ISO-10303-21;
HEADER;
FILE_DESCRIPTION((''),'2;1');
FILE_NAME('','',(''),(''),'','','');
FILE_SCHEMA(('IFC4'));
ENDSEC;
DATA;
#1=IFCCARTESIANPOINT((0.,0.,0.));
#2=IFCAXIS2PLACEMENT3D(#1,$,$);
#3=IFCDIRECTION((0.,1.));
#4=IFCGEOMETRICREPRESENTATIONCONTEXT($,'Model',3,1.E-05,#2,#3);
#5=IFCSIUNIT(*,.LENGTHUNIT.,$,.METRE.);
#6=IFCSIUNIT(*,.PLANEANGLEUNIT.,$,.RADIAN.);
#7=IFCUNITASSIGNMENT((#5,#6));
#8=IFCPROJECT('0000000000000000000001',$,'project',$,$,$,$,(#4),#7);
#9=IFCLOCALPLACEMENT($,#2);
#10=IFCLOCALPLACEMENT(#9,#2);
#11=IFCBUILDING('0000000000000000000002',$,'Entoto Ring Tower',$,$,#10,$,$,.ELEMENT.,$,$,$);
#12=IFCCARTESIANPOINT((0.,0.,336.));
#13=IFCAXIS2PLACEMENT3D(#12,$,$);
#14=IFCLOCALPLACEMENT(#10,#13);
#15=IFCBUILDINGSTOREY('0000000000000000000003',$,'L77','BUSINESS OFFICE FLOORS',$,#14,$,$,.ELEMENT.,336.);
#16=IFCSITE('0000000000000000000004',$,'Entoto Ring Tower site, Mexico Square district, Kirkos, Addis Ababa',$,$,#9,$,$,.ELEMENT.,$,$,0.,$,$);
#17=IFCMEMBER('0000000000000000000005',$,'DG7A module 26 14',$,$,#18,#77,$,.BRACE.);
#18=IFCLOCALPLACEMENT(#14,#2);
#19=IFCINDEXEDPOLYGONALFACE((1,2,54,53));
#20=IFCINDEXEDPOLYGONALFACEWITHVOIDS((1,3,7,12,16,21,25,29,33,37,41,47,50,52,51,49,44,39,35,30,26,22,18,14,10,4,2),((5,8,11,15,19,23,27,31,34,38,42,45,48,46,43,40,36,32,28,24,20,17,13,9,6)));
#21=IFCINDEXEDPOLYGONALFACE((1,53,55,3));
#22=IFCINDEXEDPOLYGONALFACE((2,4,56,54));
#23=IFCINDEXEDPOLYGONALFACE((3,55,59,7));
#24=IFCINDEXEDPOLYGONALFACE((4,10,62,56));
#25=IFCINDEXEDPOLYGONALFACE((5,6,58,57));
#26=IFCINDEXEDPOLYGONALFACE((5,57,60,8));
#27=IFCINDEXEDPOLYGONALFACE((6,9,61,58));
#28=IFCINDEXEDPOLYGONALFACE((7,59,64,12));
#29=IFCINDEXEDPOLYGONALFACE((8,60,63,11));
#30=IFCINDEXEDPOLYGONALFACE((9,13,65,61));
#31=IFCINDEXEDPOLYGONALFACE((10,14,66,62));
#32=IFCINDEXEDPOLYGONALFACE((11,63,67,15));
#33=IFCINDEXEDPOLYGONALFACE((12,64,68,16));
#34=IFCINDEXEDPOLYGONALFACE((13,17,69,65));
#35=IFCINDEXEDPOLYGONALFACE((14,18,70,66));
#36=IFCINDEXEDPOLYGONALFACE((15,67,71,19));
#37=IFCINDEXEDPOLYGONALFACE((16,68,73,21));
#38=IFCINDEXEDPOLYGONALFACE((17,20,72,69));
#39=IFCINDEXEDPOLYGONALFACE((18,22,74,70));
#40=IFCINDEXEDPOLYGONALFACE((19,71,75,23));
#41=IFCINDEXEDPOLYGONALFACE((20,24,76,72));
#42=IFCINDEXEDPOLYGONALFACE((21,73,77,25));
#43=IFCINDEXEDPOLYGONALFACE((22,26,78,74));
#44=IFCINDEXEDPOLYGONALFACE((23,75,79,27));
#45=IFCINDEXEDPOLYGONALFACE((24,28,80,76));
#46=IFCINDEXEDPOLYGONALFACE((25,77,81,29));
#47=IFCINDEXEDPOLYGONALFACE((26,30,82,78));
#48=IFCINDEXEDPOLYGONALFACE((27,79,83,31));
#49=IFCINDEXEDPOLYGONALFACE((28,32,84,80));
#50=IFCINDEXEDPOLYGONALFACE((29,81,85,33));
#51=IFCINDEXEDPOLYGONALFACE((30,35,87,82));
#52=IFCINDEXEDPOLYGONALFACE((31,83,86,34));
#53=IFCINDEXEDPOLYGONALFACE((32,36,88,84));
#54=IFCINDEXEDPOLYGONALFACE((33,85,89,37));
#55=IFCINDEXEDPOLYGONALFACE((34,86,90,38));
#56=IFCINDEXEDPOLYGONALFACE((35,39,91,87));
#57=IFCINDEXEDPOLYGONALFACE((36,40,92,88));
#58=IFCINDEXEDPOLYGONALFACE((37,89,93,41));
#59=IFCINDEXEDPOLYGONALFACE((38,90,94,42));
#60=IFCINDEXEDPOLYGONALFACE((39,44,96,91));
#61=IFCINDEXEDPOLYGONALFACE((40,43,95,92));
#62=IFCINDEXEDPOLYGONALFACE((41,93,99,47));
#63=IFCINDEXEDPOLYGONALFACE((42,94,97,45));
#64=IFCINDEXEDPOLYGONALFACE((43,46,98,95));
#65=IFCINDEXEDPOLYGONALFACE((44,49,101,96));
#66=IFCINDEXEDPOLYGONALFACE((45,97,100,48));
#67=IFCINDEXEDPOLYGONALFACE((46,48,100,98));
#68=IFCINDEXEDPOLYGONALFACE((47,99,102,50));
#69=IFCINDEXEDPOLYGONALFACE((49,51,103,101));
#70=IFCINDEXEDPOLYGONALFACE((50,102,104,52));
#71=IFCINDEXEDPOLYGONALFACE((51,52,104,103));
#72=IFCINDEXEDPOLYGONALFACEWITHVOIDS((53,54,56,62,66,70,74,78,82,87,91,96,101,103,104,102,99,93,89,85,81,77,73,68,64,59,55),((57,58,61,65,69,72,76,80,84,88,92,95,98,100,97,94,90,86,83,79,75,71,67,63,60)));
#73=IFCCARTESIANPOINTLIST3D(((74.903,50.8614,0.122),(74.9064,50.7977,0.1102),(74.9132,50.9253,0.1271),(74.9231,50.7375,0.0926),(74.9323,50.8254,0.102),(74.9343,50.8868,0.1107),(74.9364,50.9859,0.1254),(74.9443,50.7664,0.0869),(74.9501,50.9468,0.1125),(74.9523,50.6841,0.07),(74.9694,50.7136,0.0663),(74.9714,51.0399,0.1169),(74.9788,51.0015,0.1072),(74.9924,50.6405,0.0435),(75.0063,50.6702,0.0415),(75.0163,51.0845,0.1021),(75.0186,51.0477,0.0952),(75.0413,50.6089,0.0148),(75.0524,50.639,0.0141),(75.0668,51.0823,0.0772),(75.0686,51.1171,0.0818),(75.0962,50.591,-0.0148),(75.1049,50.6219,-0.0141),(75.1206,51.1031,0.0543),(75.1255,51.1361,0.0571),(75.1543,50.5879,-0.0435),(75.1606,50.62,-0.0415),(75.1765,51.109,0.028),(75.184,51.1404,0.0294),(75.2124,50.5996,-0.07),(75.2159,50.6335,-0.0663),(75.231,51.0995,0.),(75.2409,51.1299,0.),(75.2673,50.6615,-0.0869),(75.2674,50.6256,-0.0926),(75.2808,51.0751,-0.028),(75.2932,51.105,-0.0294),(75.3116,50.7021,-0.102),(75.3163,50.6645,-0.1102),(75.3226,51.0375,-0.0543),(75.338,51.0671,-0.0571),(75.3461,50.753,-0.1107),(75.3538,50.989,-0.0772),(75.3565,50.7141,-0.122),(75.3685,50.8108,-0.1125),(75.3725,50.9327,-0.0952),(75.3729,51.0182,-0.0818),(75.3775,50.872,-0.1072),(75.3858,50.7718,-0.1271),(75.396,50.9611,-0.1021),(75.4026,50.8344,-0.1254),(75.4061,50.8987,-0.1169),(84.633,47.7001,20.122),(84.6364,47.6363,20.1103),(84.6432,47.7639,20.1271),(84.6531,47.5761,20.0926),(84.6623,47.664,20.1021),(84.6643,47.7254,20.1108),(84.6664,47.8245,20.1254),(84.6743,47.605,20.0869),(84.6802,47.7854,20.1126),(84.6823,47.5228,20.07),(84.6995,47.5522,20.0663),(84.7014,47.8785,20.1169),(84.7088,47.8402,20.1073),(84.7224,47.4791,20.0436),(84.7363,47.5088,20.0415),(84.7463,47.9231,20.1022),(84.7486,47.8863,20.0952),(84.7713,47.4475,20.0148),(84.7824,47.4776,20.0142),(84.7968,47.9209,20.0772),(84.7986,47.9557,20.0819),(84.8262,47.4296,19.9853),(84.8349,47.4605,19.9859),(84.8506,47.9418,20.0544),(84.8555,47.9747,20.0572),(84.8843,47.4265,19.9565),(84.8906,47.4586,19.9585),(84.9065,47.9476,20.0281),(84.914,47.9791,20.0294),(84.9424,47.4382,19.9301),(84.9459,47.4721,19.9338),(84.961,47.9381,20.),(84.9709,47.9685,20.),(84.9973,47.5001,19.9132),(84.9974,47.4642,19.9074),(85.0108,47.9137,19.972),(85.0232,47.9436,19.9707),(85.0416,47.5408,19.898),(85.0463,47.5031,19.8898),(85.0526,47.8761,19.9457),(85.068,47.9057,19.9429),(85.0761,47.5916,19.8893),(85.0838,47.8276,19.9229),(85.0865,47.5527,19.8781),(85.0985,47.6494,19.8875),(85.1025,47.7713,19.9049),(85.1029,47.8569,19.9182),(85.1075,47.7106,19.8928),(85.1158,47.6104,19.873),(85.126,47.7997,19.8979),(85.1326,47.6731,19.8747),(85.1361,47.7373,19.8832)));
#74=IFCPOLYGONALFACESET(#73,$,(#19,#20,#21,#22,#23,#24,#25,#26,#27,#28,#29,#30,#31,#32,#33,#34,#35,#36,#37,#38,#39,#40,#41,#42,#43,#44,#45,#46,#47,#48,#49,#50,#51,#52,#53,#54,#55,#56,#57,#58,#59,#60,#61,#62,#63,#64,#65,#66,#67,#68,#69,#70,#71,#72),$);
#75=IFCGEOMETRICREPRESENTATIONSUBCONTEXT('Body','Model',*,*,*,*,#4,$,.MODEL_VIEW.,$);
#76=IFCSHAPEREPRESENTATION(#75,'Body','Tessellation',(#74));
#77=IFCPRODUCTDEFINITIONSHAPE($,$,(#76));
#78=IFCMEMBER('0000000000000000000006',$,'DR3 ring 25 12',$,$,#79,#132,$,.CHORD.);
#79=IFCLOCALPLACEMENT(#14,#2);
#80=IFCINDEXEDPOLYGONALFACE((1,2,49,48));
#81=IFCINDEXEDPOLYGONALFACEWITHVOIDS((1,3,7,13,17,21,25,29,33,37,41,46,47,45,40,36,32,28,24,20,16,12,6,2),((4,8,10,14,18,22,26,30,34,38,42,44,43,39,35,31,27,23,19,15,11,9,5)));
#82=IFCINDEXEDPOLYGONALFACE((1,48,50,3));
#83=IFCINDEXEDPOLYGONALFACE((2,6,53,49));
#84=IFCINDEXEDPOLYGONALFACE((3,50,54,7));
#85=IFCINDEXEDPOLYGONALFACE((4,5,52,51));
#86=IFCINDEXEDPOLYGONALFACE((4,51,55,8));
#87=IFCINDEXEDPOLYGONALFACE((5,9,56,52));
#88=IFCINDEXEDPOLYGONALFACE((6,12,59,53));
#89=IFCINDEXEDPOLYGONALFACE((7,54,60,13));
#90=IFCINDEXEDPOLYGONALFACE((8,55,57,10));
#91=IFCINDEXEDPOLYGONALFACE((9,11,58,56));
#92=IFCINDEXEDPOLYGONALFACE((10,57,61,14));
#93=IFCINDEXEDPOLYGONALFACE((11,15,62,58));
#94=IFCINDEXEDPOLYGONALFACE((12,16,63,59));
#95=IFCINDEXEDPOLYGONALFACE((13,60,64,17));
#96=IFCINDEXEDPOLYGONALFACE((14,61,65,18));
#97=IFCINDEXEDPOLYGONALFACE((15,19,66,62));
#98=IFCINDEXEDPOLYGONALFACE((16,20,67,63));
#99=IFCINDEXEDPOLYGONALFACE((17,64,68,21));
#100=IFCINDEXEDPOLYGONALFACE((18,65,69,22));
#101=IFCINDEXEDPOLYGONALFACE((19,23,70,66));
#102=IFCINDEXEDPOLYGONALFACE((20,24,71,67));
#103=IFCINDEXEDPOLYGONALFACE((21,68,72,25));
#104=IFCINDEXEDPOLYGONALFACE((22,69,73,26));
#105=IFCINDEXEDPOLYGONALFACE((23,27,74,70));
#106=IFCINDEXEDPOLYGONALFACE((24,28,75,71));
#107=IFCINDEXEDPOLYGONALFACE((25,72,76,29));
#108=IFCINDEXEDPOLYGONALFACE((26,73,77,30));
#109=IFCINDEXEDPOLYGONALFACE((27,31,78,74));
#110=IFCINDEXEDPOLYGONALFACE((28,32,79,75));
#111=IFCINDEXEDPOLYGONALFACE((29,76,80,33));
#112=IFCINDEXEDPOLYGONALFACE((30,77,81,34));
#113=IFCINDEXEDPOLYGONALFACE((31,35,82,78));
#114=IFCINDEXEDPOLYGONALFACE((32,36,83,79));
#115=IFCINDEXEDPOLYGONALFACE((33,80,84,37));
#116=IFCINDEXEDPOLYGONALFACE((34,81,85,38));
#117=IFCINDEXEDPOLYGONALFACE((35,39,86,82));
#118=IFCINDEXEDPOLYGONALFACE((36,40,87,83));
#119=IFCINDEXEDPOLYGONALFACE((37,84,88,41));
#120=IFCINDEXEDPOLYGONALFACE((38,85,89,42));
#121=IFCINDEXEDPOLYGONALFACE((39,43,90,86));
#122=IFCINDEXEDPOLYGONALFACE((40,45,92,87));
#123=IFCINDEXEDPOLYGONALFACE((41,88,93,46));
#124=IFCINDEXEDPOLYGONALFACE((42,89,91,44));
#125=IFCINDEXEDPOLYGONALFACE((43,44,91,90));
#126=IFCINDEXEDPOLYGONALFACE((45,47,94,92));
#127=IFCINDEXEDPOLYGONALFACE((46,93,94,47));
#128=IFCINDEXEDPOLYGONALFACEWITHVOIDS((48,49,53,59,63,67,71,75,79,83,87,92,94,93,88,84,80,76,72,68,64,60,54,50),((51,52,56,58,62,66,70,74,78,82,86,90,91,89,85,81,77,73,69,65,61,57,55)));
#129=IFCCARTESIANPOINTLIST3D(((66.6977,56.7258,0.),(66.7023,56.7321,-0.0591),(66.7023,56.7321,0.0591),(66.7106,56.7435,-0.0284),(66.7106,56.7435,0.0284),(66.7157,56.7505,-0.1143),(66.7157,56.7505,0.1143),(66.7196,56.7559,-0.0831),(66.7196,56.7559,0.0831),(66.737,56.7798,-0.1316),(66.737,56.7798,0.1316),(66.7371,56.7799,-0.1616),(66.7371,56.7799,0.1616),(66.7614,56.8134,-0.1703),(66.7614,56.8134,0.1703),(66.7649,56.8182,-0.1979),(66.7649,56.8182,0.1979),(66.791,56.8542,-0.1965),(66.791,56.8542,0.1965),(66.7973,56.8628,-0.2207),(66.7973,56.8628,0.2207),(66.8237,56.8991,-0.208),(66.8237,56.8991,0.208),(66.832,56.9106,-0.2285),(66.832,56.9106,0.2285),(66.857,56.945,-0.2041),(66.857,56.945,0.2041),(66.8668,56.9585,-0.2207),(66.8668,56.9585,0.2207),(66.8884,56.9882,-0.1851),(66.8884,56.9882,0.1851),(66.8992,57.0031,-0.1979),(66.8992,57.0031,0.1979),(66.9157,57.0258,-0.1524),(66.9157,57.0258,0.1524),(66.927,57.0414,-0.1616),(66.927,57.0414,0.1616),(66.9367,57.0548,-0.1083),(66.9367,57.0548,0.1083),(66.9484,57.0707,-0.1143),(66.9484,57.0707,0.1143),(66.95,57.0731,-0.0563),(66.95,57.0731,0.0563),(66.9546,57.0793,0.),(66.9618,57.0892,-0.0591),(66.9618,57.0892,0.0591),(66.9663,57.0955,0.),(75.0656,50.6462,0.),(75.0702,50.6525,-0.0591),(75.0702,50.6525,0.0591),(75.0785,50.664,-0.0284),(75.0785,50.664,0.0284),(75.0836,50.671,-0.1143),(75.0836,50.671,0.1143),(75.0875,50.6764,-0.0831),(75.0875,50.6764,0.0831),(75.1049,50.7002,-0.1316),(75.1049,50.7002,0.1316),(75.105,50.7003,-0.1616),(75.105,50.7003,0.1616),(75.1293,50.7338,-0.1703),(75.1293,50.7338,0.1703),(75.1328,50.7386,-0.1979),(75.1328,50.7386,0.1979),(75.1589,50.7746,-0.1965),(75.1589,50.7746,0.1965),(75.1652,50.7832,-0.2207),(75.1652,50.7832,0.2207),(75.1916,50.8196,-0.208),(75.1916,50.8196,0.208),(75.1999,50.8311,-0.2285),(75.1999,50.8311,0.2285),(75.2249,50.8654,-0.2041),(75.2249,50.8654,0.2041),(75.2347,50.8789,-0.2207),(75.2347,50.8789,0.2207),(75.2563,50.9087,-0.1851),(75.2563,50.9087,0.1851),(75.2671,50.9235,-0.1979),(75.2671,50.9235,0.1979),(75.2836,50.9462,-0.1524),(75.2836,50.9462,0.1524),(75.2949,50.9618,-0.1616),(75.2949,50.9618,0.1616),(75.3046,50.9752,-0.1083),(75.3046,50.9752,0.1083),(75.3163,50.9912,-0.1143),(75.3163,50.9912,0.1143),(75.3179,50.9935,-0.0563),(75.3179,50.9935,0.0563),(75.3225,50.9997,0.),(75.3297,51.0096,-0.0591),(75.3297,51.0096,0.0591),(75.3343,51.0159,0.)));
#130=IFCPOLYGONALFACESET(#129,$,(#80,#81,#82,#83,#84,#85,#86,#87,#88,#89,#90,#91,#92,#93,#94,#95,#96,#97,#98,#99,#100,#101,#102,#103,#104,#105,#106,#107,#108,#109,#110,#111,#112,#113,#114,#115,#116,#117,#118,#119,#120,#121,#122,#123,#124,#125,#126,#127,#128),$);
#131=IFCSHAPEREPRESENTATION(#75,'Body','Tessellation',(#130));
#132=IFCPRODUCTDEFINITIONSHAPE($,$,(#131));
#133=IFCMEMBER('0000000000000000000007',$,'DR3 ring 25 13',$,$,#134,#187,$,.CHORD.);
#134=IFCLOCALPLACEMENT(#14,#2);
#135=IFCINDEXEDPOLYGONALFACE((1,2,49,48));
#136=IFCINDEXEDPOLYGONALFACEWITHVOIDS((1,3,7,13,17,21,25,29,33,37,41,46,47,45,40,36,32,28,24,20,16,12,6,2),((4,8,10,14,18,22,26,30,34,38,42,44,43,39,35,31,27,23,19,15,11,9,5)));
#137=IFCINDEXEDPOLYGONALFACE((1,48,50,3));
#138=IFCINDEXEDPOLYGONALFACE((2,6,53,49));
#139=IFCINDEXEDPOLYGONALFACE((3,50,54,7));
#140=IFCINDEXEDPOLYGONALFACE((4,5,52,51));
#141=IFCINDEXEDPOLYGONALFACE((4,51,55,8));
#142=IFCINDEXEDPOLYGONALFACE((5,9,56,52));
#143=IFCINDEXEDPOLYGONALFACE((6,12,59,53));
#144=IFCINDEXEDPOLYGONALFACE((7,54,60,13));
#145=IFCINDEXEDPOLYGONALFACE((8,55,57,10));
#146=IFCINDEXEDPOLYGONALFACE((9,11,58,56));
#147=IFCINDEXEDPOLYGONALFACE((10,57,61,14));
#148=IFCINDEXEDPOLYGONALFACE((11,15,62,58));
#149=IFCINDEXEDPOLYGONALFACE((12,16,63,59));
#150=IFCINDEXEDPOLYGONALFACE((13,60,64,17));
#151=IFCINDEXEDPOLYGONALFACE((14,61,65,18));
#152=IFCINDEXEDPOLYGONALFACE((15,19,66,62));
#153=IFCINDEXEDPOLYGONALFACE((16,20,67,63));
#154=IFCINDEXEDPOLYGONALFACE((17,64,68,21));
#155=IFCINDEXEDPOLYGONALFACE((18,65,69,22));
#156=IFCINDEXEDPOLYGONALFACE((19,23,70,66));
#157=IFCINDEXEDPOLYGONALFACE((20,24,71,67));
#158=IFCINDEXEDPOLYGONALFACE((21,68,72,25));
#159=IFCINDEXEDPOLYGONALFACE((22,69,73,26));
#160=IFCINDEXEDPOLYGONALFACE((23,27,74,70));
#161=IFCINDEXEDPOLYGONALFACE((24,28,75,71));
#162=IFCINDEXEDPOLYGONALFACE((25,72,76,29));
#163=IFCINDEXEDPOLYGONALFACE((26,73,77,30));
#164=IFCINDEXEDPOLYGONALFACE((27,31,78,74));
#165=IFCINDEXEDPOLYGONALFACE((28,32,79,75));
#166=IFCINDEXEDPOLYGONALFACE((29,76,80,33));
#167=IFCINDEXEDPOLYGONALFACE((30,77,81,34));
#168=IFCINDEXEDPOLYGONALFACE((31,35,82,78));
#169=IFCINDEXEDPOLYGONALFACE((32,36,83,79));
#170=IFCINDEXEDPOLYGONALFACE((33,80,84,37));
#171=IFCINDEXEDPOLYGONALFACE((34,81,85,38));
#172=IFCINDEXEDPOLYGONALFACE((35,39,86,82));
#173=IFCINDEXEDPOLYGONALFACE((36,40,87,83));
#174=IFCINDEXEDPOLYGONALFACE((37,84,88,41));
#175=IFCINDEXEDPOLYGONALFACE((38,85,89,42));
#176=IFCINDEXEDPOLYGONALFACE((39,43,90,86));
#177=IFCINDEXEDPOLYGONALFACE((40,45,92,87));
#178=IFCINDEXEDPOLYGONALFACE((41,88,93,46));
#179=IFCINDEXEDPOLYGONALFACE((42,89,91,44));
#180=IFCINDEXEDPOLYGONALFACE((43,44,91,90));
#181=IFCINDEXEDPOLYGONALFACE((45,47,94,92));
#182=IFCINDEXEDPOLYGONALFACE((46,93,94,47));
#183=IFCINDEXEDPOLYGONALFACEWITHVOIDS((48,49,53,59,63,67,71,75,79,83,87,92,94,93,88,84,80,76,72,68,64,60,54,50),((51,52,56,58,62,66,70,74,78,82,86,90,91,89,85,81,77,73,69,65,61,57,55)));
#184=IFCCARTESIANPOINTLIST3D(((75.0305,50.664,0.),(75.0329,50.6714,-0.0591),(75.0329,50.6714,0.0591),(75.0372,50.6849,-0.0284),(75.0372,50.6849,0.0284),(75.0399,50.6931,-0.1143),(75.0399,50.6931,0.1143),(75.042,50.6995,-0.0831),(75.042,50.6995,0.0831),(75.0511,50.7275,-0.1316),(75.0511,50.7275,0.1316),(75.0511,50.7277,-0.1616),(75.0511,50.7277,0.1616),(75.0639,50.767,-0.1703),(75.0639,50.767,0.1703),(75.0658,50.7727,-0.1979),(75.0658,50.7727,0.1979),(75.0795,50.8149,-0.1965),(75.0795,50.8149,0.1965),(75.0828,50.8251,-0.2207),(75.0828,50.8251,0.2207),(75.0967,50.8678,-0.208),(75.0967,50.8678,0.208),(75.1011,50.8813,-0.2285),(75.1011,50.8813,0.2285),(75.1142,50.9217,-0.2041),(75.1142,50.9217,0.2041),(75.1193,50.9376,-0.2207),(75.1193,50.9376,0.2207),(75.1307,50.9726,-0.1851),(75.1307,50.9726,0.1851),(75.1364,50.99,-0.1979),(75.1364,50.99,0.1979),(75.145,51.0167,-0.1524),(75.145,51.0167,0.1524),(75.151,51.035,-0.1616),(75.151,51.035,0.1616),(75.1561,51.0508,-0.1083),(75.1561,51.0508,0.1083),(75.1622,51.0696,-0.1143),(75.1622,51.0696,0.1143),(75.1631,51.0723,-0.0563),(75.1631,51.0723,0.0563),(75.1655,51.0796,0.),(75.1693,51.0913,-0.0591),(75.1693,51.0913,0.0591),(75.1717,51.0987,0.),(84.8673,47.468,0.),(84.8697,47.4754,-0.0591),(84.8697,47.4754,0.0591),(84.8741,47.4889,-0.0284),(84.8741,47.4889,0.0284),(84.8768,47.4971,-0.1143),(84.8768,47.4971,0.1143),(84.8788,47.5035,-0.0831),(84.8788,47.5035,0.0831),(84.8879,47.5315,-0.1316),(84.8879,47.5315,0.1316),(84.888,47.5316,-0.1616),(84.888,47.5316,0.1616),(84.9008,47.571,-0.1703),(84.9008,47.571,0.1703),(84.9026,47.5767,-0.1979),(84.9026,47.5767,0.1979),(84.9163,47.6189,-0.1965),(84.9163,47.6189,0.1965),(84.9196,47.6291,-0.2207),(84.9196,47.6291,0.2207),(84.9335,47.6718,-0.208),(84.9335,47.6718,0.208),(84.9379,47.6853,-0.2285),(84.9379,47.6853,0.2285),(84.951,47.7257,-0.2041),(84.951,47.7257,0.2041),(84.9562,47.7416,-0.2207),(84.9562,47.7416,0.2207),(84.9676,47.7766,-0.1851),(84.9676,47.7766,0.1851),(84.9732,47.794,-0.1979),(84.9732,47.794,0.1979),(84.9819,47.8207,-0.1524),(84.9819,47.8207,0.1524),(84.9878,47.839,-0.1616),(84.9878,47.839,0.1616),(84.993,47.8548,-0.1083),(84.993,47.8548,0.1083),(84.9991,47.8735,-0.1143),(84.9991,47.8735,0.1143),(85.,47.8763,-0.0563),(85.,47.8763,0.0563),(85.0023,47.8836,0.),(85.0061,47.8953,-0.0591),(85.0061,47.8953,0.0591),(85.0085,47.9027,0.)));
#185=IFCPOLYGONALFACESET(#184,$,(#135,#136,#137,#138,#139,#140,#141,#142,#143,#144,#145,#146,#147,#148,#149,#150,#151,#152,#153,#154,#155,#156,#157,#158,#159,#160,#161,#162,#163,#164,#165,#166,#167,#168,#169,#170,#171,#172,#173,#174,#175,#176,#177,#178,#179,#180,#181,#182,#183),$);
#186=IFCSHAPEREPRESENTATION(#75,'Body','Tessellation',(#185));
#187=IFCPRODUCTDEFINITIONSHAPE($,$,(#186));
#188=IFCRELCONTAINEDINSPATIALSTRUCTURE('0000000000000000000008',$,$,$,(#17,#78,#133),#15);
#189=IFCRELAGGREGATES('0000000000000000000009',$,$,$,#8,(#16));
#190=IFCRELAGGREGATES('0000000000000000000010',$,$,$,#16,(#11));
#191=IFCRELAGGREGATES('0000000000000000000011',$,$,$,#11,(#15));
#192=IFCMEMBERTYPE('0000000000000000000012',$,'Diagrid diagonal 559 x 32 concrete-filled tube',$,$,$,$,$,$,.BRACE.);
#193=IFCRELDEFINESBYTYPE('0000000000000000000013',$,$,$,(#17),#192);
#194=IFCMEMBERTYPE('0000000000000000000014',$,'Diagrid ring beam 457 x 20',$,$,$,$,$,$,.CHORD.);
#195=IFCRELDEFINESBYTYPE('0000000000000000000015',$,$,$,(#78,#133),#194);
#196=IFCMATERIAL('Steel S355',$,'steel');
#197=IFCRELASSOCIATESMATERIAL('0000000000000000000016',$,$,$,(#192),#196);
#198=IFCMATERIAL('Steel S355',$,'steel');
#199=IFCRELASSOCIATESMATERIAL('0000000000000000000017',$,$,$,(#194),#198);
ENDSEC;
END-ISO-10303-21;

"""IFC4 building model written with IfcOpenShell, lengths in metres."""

from ifc_helpers import new_model, si_unit, direction, frame, origin, origin_2d, place, context, subcontext, project, spatial, circle, hollow_circle, extrude, material, material_profile, profile_set, type_object, element, save


model = new_model("IFC4")

# Units and contexts
model_context = context("Model", 3, precision=1e-05, world=origin(), true_north=direction((0.0, 1.0)))
body_context = subcontext(model_context, "Body", "Model", "MODEL_VIEW")
ifc_project = project(units=[si_unit("LENGTHUNIT", "METRE"), si_unit("PLANEANGLEUNIT", "RADIAN")], contexts=[model_context])

# Site, building, storey
site_placement = place(None, origin())
site = spatial("IfcSite", under=ifc_project, at=site_placement, Name="Entoto Ring Tower site, Mexico Square district, Kirkos, Addis Ababa", CompositionType="ELEMENT", RefElevation=0.0)
building_placement = place(site_placement, origin())
building = spatial("IfcBuilding", under=site, at=building_placement, Name="Entoto Ring Tower", CompositionType="ELEMENT")
storey_placement = place(building_placement, frame((0.0, 0.0, 336.0)))
storey = spatial("IfcBuildingStorey", under=building, at=storey_placement, Name="L77", Description="BUSINESS OFFICE FLOORS", CompositionType="ELEMENT", Elevation=336.0)

# Members
ifc_material_1 = material(Name="Steel S355", Category="steel")
ifc_material_profile_1 = material_profile(ifc_material_1, hollow_circle(Radius=0.2795, WallThickness=0.032, at=origin_2d()), Name="CHS 559 x 32")
ifc_material_2 = material(Name="Concrete C60/75", Category="concrete")
ifc_material_profile_2 = material_profile(ifc_material_2, circle(Radius=0.2476, at=origin_2d()), Name="Concrete C60/75 infill")
ifc_profile_set_1 = profile_set([ifc_material_profile_1, ifc_material_profile_2], Name="Steel S355")
member_type_1 = type_object("IfcMemberType", Name="Diagrid diagonal 559 x 32 concrete-filled tube", PredefinedType="BRACE", material=ifc_profile_set_1)
for number, where, z_axis, x_axis, name in (
    (1, (75.1545, 50.864, 0.0), (0.433121, -0.140726, 0.890282), (0.309009, 0.951059, 0.0), "DG7A module 26 14"),
):
    element("IfcMember", number, at=place(storey_placement, frame(where, z_axis=z_axis, x_axis=x_axis)), inside=storey, type_object=member_type_1, Name=name, PredefinedType="BRACE", context=body_context, shape_type="SweptSolid", body=[
        extrude(hollow_circle(Radius=0.2795, WallThickness=0.032, at=origin_2d()), origin(), (0.0, 0.0, 1.0), 22.4648),
    ])
ifc_material_3 = material(Name="Steel S355", Category="steel")
ifc_material_profile_3 = material_profile(ifc_material_3, hollow_circle(Radius=0.2285, WallThickness=0.02, at=origin_2d()), Name="CHS 457 x 20")
ifc_material_4 = material(Name="Concrete C60/75", Category="concrete")
ifc_material_profile_4 = material_profile(ifc_material_4, circle(Radius=0.2085, at=origin_2d()), Name="Concrete C60/75 infill")
ifc_profile_set_2 = profile_set([ifc_material_profile_3, ifc_material_profile_4], Name="Steel S355")
member_type_2 = type_object("IfcMemberType", Name="Diagrid ring beam 457 x 20", PredefinedType="CHORD", material=ifc_profile_set_2)
member_1_placement = place(storey_placement, frame((66.832, 56.9106, 0.0), z_axis=(0.80902, -0.587781, 0.0), x_axis=(0.587781, 0.80902, 0.0)))
element("IfcMember", 2, at=member_1_placement, inside=storey, type_object=member_type_2, Name="DR3 ring 25 12", PredefinedType="CHORD", context=body_context, shape_type="SweptSolid", body=[
    extrude(hollow_circle(Radius=0.2285, WallThickness=0.02, at=origin_2d()), origin(), (0.0, 0.0, 1.0), 10.3433),
])
member_2_placement = place(storey_placement, frame((75.1011, 50.8813, 0.0), z_axis=(0.951061, -0.309003, 0.0), x_axis=(0.309003, 0.951061, 0.0)))
element("IfcMember", 3, at=member_2_placement, inside=storey, type_object=member_type_2, Name="DR3 ring 25 13", PredefinedType="CHORD", context=body_context, shape_type="SweptSolid", body=[
    extrude(hollow_circle(Radius=0.2285, WallThickness=0.02, at=origin_2d()), origin(), (0.0, 0.0, 1.0), 10.343),
])

save(model, "model.ifc")
